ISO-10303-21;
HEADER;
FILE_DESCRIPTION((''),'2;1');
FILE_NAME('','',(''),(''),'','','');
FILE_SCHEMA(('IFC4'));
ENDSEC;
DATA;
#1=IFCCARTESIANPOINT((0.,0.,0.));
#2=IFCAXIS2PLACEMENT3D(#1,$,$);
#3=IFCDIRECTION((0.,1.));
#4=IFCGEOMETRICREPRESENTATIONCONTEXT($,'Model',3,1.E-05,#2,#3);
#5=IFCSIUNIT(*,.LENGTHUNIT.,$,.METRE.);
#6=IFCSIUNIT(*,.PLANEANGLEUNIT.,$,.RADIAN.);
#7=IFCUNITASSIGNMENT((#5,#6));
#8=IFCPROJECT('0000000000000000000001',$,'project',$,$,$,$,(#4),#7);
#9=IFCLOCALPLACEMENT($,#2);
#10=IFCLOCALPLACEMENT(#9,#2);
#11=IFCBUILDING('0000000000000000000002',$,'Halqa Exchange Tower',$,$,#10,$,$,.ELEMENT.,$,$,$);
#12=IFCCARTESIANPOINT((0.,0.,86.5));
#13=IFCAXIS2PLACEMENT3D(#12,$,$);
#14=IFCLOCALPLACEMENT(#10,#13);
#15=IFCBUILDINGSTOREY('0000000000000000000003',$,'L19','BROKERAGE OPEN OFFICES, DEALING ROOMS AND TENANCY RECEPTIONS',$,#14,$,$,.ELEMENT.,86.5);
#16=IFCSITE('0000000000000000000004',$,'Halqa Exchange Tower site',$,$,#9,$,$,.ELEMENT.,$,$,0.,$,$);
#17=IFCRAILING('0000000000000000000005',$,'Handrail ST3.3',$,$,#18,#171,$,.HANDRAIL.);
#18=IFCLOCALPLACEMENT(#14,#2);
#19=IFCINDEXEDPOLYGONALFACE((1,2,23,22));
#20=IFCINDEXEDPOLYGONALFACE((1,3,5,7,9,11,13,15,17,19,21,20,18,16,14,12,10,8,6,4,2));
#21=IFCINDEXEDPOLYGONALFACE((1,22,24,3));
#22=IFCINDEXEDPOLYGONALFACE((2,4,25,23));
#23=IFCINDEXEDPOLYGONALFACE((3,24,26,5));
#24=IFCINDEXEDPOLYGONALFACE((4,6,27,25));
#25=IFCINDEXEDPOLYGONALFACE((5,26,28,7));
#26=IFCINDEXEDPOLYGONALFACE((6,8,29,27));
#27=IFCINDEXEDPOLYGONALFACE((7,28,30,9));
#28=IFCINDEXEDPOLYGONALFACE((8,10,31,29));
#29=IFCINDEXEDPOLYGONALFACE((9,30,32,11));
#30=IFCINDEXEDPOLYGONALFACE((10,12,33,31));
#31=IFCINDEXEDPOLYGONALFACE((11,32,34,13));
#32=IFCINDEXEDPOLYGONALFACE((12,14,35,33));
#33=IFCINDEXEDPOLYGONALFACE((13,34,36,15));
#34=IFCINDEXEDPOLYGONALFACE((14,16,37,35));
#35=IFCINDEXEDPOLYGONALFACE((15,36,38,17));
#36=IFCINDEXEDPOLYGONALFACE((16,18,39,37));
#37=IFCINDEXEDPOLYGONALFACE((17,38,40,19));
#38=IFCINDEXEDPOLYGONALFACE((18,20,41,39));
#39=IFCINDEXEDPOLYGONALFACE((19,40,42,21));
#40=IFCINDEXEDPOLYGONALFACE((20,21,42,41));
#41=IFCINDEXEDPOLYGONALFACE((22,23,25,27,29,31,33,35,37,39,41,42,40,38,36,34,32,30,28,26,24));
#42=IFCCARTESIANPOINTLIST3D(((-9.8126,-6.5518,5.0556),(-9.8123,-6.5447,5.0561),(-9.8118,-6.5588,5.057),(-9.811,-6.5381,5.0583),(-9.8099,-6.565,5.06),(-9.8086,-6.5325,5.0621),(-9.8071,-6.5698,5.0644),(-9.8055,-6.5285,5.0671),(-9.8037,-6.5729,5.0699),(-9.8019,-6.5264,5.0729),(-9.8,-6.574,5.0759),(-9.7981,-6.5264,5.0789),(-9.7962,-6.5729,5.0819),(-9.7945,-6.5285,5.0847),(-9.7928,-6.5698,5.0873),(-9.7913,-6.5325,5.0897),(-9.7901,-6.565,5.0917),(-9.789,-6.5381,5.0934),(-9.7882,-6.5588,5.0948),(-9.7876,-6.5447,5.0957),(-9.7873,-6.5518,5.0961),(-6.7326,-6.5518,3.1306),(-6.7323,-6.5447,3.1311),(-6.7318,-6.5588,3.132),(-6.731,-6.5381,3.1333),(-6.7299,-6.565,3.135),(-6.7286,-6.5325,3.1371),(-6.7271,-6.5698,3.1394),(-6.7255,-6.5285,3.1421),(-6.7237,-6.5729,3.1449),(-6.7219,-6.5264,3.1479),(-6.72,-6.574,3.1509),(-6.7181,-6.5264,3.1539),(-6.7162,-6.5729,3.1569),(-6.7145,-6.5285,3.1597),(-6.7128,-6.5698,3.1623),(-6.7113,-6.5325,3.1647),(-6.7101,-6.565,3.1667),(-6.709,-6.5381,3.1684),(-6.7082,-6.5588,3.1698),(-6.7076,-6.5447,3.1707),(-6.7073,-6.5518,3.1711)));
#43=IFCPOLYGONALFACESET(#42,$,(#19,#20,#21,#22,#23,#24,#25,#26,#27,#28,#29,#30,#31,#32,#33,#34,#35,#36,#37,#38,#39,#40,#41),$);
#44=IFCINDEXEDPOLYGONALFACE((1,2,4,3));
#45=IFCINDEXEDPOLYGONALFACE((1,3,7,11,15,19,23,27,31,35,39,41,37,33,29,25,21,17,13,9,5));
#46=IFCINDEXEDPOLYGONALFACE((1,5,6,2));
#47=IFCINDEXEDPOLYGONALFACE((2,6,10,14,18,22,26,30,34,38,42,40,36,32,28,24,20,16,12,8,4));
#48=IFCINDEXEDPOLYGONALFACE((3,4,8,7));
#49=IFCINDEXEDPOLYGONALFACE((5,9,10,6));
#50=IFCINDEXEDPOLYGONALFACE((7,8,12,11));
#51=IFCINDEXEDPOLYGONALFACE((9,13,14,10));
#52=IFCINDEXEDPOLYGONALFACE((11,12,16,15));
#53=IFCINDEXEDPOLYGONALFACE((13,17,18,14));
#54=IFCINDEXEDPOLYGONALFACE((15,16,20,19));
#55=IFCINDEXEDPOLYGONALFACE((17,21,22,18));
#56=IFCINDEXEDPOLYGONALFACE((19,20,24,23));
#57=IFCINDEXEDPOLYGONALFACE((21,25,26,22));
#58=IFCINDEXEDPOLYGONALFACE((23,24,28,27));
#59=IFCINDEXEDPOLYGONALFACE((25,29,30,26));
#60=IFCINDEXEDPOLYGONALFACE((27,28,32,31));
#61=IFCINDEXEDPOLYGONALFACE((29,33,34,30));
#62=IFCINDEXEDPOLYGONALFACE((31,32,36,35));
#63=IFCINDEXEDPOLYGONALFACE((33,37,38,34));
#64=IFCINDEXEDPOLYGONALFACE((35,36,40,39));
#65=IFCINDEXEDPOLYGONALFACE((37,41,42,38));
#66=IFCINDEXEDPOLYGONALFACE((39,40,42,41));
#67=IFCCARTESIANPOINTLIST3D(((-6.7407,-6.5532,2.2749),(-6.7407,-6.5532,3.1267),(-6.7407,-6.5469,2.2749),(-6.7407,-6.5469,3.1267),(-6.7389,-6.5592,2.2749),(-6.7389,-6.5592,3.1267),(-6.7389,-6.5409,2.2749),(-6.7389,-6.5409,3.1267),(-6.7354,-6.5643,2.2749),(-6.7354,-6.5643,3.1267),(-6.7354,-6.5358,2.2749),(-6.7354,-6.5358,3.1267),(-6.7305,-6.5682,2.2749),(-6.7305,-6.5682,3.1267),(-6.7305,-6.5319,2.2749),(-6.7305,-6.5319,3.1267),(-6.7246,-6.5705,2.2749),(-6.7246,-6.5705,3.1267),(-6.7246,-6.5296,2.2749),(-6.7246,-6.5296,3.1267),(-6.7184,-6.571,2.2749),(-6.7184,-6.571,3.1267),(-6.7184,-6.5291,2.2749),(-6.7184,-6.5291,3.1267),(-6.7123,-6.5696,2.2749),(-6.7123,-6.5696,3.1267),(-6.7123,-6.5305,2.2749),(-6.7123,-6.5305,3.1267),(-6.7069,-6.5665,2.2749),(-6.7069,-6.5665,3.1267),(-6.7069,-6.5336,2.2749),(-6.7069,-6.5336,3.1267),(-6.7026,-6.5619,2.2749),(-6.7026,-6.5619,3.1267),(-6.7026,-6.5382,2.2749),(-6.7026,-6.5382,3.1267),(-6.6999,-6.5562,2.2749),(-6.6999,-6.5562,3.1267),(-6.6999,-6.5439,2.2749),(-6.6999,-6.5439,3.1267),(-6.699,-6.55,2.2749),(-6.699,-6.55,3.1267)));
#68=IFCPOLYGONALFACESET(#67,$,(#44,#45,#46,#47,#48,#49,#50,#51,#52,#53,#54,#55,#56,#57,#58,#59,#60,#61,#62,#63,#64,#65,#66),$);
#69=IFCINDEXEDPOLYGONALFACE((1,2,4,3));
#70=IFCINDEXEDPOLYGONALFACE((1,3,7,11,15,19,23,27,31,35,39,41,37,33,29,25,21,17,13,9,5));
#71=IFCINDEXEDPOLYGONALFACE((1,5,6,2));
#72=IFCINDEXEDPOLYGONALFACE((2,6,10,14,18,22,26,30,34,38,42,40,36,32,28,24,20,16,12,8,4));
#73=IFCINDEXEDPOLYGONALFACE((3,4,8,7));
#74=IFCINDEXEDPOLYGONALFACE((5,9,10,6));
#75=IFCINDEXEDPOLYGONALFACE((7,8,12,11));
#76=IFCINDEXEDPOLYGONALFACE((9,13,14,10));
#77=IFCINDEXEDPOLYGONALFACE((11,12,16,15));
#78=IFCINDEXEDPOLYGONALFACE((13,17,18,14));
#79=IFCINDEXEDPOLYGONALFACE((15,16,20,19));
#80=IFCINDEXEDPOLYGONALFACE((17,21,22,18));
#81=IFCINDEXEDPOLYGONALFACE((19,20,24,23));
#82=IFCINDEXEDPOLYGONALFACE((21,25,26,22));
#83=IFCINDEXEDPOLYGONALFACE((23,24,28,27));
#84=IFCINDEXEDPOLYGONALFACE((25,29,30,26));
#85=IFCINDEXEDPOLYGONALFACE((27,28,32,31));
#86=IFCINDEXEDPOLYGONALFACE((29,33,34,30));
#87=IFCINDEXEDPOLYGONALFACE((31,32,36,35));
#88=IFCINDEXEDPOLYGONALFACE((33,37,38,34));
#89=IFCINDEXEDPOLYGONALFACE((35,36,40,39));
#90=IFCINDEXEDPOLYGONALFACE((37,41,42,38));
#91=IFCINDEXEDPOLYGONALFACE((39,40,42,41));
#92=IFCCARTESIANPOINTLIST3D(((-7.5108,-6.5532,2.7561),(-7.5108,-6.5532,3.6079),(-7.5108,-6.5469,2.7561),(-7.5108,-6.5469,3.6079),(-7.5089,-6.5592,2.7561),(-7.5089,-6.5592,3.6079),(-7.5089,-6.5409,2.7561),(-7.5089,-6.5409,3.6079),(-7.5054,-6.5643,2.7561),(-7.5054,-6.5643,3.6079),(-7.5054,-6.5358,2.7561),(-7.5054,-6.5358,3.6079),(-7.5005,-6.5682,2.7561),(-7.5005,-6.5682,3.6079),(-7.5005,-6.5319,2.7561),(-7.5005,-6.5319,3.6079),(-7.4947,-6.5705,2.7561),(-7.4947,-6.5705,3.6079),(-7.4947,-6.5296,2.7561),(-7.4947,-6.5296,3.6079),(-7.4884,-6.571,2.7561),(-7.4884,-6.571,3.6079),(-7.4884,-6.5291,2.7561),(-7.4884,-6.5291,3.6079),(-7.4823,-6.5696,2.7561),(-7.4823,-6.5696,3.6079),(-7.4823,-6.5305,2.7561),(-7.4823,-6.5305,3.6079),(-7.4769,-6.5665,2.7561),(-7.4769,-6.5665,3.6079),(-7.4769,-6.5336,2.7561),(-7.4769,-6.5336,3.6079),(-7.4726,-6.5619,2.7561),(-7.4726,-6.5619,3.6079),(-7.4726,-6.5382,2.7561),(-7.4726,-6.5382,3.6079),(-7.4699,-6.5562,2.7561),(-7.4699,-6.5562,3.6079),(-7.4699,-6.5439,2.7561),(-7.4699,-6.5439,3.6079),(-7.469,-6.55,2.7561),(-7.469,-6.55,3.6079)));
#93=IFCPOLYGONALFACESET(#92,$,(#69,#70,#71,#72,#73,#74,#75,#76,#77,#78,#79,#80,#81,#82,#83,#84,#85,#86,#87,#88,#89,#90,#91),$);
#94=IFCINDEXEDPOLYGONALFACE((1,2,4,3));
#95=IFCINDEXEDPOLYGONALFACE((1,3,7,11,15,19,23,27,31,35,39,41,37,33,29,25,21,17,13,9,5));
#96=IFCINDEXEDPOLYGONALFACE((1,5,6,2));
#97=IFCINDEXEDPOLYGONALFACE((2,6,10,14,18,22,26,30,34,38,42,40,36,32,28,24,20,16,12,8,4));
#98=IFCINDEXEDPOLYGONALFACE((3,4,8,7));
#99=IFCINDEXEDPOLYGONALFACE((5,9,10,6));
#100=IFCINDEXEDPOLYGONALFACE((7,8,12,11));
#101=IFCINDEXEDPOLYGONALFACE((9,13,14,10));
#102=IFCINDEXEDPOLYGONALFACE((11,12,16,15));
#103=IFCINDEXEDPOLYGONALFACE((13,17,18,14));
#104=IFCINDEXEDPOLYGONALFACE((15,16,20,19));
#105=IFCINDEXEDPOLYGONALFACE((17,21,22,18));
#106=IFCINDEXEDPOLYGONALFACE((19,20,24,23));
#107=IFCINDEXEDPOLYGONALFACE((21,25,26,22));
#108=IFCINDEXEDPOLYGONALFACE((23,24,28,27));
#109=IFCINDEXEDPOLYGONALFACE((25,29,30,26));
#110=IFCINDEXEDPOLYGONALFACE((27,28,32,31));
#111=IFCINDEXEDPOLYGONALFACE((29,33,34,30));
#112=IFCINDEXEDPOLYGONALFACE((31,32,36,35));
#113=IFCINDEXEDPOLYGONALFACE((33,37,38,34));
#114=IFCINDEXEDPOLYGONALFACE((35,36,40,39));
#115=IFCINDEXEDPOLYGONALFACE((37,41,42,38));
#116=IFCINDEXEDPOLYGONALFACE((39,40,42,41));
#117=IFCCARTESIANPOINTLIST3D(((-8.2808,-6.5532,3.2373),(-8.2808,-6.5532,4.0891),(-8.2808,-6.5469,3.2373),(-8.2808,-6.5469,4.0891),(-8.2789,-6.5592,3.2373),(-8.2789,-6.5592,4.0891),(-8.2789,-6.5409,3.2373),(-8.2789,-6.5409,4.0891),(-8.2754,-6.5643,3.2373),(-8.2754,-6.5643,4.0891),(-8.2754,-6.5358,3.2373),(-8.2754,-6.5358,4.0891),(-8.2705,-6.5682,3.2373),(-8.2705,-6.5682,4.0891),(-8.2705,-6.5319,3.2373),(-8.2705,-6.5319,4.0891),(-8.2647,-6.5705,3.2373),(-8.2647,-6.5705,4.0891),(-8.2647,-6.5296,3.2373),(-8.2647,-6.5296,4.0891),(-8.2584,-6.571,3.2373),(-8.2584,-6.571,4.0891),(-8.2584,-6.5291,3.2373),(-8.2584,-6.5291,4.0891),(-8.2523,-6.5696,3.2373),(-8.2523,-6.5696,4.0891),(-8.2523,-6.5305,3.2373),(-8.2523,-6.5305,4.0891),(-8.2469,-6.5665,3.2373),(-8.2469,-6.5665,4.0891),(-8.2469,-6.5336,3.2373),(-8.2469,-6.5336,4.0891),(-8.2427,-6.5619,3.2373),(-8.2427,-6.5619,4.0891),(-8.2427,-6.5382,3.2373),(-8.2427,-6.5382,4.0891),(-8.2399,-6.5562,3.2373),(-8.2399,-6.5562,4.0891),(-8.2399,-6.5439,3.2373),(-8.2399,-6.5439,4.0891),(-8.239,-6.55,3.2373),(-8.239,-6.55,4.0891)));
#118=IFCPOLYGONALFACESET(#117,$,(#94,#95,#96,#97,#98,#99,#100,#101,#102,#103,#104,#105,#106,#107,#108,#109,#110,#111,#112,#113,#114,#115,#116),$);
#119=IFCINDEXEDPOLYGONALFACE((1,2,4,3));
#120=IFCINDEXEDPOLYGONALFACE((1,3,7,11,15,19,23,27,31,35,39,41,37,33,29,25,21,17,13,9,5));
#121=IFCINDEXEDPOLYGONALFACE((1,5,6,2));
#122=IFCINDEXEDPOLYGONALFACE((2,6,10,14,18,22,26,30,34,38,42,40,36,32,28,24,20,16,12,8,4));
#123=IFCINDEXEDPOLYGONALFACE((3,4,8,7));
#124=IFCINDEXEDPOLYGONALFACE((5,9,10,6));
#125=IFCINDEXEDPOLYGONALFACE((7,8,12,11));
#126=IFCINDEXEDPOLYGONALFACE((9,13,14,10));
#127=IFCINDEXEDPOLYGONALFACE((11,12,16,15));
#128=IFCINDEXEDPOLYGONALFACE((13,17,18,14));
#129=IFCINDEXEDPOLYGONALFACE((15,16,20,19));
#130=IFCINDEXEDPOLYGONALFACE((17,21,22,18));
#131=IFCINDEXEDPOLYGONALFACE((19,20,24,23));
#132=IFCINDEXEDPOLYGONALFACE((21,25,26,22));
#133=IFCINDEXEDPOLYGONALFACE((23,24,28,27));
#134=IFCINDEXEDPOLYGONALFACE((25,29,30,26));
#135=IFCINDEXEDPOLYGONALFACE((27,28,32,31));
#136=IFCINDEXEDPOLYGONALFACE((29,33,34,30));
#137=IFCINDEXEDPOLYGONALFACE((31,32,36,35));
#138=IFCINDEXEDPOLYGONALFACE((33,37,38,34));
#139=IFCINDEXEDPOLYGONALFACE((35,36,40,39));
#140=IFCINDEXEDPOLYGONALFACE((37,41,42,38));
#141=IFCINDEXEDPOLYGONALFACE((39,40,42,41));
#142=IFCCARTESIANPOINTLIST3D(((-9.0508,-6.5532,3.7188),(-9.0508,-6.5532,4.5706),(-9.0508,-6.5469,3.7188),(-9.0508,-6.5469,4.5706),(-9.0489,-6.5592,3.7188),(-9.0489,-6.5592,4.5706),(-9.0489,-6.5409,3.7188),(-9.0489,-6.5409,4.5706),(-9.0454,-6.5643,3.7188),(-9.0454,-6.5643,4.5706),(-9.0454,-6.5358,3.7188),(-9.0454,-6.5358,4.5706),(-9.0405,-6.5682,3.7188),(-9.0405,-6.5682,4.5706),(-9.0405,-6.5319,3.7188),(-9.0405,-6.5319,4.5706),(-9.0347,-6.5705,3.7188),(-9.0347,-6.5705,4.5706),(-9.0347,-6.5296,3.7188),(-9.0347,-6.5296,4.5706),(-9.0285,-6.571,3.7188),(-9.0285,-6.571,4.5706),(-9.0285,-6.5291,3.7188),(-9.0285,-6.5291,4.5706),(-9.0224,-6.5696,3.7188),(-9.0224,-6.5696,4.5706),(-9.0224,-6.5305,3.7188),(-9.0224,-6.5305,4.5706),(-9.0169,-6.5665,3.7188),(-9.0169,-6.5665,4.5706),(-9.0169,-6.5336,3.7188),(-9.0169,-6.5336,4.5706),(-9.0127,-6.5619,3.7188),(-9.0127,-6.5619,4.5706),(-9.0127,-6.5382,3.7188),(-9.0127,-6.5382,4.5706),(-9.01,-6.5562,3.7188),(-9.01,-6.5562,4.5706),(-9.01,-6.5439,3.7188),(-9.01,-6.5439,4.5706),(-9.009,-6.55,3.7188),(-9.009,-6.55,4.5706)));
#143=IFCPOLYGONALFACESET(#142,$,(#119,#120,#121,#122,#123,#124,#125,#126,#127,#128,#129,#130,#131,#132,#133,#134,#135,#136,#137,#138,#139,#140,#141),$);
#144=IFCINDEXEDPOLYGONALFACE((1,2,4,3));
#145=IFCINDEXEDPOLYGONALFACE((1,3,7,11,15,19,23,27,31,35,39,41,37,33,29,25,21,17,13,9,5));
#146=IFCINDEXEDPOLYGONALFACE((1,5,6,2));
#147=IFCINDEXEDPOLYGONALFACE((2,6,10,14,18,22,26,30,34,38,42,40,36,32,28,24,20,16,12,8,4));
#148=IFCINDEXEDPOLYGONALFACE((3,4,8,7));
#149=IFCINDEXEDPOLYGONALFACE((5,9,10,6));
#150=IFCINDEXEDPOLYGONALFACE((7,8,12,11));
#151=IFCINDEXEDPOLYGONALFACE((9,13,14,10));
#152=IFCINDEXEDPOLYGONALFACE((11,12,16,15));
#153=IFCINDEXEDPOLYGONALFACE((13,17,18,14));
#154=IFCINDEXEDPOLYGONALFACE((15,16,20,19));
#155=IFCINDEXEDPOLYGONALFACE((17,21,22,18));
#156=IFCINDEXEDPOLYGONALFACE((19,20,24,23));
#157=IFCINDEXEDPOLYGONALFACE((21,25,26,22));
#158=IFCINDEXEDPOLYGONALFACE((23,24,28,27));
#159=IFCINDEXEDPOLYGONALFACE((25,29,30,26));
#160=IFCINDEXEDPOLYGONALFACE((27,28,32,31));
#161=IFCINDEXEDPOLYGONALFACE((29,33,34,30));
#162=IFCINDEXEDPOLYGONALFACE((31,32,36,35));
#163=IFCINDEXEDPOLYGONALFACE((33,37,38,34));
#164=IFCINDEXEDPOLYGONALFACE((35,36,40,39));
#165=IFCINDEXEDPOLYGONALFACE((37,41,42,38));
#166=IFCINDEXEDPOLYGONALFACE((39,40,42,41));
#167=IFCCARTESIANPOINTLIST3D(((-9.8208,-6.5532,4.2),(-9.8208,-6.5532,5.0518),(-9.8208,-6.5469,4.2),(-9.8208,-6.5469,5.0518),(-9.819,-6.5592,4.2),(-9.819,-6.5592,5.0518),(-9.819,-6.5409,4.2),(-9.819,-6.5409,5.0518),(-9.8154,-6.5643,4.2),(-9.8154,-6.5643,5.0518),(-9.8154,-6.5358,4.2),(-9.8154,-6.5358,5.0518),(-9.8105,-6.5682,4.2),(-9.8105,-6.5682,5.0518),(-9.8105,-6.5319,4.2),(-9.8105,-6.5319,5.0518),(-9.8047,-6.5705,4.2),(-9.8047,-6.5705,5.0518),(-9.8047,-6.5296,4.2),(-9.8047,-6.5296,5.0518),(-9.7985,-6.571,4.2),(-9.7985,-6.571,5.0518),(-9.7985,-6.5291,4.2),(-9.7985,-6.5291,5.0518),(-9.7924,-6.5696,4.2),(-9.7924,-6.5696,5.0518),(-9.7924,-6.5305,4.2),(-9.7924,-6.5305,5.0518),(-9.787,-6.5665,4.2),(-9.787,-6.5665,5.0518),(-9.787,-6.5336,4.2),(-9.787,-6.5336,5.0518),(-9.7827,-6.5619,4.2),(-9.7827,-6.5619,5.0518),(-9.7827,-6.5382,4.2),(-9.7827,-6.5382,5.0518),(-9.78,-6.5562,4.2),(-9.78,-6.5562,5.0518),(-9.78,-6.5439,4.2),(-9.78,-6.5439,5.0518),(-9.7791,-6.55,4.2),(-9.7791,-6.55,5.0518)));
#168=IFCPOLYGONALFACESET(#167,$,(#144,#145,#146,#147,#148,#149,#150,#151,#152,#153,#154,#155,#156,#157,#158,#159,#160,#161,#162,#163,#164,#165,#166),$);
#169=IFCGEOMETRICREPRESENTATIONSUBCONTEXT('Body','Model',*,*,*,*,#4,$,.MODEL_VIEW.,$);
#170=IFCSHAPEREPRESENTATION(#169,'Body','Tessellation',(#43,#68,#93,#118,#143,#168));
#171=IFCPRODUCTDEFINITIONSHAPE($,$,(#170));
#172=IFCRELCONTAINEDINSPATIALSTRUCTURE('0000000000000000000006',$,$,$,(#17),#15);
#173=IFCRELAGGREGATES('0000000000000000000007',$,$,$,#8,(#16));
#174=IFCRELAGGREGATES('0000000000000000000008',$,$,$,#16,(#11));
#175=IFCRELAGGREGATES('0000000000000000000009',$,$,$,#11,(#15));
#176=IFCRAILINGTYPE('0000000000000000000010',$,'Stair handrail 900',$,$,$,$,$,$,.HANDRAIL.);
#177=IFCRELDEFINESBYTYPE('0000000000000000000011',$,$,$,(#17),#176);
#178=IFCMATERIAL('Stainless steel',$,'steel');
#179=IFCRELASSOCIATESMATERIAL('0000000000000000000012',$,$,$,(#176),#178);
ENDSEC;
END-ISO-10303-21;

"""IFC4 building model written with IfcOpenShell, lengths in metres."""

from ifc_helpers import new_model, si_unit, direction, frame, origin, origin_2d, place, context, subcontext, project, spatial, circle, extrude, material, type_object, element, save


model = new_model("IFC4")

# Units and contexts
model_context = context("Model", 3, precision=1e-05, world=origin(), true_north=direction((0.0, 1.0)))
body_context = subcontext(model_context, "Body", "Model", "MODEL_VIEW")
ifc_project = project(units=[si_unit("LENGTHUNIT", "METRE"), si_unit("PLANEANGLEUNIT", "RADIAN")], contexts=[model_context])

# Site, building, storey
site_placement = place(None, origin())
site = spatial("IfcSite", under=ifc_project, at=site_placement, Name="Halqa Exchange Tower site", CompositionType="ELEMENT", RefElevation=0.0)
building_placement = place(site_placement, origin())
building = spatial("IfcBuilding", under=site, at=building_placement, Name="Halqa Exchange Tower", CompositionType="ELEMENT")
storey_placement = place(building_placement, frame((0.0, 0.0, 86.5)))
storey = spatial("IfcBuildingStorey", under=building, at=storey_placement, Name="L19", Description="BROKERAGE OPEN OFFICES, DEALING ROOMS AND TENANCY RECEPTIONS", CompositionType="ELEMENT", Elevation=86.5)

# Shared definitions
ifc_material_1 = material(Name="Stainless steel", Category="steel")

# Railing
railing_type_1 = type_object("IfcRailingType", Name="Stair handrail 900", PredefinedType="HANDRAIL", material=ifc_material_1)
railing_1_placement = place(storey_placement, frame((-6.72, -6.55, 2.2749)))
element("IfcRailing", 1, at=railing_1_placement, inside=storey, type_object=railing_type_1, Name="Handrail ST3.3", PredefinedType="HANDRAIL", context=body_context, shape_type="SweptSolid", body=[
    extrude(circle(Radius=0.0239, at=origin_2d()), frame((0.0, 0.0, 0.876), z_axis=(-0.847998, 0.0, 0.529999), x_axis=(0.0, -1.0, 0.0)), (0.0, 0.0, 1.0), 3.6321),
    extrude(circle(Radius=0.021, at=origin_2d()), origin(), (0.0, 0.0, 1.0), 0.8518),
    extrude(circle(Radius=0.021, at=origin_2d()), frame((-0.77, 0.0, 0.4812)), (0.0, 0.0, 1.0), 0.8518),
    extrude(circle(Radius=0.021, at=origin_2d()), frame((-1.54, 0.0, 0.9624)), (0.0, 0.0, 1.0), 0.8518),
    extrude(circle(Radius=0.021, at=origin_2d()), frame((-2.3101, 0.0, 1.4438)), (0.0, 0.0, 1.0), 0.8518),
    extrude(circle(Radius=0.021, at=origin_2d()), frame((-3.0801, 0.0, 1.925)), (0.0, 0.0, 1.0), 0.8518),
])

save(model, "model.ifc")
